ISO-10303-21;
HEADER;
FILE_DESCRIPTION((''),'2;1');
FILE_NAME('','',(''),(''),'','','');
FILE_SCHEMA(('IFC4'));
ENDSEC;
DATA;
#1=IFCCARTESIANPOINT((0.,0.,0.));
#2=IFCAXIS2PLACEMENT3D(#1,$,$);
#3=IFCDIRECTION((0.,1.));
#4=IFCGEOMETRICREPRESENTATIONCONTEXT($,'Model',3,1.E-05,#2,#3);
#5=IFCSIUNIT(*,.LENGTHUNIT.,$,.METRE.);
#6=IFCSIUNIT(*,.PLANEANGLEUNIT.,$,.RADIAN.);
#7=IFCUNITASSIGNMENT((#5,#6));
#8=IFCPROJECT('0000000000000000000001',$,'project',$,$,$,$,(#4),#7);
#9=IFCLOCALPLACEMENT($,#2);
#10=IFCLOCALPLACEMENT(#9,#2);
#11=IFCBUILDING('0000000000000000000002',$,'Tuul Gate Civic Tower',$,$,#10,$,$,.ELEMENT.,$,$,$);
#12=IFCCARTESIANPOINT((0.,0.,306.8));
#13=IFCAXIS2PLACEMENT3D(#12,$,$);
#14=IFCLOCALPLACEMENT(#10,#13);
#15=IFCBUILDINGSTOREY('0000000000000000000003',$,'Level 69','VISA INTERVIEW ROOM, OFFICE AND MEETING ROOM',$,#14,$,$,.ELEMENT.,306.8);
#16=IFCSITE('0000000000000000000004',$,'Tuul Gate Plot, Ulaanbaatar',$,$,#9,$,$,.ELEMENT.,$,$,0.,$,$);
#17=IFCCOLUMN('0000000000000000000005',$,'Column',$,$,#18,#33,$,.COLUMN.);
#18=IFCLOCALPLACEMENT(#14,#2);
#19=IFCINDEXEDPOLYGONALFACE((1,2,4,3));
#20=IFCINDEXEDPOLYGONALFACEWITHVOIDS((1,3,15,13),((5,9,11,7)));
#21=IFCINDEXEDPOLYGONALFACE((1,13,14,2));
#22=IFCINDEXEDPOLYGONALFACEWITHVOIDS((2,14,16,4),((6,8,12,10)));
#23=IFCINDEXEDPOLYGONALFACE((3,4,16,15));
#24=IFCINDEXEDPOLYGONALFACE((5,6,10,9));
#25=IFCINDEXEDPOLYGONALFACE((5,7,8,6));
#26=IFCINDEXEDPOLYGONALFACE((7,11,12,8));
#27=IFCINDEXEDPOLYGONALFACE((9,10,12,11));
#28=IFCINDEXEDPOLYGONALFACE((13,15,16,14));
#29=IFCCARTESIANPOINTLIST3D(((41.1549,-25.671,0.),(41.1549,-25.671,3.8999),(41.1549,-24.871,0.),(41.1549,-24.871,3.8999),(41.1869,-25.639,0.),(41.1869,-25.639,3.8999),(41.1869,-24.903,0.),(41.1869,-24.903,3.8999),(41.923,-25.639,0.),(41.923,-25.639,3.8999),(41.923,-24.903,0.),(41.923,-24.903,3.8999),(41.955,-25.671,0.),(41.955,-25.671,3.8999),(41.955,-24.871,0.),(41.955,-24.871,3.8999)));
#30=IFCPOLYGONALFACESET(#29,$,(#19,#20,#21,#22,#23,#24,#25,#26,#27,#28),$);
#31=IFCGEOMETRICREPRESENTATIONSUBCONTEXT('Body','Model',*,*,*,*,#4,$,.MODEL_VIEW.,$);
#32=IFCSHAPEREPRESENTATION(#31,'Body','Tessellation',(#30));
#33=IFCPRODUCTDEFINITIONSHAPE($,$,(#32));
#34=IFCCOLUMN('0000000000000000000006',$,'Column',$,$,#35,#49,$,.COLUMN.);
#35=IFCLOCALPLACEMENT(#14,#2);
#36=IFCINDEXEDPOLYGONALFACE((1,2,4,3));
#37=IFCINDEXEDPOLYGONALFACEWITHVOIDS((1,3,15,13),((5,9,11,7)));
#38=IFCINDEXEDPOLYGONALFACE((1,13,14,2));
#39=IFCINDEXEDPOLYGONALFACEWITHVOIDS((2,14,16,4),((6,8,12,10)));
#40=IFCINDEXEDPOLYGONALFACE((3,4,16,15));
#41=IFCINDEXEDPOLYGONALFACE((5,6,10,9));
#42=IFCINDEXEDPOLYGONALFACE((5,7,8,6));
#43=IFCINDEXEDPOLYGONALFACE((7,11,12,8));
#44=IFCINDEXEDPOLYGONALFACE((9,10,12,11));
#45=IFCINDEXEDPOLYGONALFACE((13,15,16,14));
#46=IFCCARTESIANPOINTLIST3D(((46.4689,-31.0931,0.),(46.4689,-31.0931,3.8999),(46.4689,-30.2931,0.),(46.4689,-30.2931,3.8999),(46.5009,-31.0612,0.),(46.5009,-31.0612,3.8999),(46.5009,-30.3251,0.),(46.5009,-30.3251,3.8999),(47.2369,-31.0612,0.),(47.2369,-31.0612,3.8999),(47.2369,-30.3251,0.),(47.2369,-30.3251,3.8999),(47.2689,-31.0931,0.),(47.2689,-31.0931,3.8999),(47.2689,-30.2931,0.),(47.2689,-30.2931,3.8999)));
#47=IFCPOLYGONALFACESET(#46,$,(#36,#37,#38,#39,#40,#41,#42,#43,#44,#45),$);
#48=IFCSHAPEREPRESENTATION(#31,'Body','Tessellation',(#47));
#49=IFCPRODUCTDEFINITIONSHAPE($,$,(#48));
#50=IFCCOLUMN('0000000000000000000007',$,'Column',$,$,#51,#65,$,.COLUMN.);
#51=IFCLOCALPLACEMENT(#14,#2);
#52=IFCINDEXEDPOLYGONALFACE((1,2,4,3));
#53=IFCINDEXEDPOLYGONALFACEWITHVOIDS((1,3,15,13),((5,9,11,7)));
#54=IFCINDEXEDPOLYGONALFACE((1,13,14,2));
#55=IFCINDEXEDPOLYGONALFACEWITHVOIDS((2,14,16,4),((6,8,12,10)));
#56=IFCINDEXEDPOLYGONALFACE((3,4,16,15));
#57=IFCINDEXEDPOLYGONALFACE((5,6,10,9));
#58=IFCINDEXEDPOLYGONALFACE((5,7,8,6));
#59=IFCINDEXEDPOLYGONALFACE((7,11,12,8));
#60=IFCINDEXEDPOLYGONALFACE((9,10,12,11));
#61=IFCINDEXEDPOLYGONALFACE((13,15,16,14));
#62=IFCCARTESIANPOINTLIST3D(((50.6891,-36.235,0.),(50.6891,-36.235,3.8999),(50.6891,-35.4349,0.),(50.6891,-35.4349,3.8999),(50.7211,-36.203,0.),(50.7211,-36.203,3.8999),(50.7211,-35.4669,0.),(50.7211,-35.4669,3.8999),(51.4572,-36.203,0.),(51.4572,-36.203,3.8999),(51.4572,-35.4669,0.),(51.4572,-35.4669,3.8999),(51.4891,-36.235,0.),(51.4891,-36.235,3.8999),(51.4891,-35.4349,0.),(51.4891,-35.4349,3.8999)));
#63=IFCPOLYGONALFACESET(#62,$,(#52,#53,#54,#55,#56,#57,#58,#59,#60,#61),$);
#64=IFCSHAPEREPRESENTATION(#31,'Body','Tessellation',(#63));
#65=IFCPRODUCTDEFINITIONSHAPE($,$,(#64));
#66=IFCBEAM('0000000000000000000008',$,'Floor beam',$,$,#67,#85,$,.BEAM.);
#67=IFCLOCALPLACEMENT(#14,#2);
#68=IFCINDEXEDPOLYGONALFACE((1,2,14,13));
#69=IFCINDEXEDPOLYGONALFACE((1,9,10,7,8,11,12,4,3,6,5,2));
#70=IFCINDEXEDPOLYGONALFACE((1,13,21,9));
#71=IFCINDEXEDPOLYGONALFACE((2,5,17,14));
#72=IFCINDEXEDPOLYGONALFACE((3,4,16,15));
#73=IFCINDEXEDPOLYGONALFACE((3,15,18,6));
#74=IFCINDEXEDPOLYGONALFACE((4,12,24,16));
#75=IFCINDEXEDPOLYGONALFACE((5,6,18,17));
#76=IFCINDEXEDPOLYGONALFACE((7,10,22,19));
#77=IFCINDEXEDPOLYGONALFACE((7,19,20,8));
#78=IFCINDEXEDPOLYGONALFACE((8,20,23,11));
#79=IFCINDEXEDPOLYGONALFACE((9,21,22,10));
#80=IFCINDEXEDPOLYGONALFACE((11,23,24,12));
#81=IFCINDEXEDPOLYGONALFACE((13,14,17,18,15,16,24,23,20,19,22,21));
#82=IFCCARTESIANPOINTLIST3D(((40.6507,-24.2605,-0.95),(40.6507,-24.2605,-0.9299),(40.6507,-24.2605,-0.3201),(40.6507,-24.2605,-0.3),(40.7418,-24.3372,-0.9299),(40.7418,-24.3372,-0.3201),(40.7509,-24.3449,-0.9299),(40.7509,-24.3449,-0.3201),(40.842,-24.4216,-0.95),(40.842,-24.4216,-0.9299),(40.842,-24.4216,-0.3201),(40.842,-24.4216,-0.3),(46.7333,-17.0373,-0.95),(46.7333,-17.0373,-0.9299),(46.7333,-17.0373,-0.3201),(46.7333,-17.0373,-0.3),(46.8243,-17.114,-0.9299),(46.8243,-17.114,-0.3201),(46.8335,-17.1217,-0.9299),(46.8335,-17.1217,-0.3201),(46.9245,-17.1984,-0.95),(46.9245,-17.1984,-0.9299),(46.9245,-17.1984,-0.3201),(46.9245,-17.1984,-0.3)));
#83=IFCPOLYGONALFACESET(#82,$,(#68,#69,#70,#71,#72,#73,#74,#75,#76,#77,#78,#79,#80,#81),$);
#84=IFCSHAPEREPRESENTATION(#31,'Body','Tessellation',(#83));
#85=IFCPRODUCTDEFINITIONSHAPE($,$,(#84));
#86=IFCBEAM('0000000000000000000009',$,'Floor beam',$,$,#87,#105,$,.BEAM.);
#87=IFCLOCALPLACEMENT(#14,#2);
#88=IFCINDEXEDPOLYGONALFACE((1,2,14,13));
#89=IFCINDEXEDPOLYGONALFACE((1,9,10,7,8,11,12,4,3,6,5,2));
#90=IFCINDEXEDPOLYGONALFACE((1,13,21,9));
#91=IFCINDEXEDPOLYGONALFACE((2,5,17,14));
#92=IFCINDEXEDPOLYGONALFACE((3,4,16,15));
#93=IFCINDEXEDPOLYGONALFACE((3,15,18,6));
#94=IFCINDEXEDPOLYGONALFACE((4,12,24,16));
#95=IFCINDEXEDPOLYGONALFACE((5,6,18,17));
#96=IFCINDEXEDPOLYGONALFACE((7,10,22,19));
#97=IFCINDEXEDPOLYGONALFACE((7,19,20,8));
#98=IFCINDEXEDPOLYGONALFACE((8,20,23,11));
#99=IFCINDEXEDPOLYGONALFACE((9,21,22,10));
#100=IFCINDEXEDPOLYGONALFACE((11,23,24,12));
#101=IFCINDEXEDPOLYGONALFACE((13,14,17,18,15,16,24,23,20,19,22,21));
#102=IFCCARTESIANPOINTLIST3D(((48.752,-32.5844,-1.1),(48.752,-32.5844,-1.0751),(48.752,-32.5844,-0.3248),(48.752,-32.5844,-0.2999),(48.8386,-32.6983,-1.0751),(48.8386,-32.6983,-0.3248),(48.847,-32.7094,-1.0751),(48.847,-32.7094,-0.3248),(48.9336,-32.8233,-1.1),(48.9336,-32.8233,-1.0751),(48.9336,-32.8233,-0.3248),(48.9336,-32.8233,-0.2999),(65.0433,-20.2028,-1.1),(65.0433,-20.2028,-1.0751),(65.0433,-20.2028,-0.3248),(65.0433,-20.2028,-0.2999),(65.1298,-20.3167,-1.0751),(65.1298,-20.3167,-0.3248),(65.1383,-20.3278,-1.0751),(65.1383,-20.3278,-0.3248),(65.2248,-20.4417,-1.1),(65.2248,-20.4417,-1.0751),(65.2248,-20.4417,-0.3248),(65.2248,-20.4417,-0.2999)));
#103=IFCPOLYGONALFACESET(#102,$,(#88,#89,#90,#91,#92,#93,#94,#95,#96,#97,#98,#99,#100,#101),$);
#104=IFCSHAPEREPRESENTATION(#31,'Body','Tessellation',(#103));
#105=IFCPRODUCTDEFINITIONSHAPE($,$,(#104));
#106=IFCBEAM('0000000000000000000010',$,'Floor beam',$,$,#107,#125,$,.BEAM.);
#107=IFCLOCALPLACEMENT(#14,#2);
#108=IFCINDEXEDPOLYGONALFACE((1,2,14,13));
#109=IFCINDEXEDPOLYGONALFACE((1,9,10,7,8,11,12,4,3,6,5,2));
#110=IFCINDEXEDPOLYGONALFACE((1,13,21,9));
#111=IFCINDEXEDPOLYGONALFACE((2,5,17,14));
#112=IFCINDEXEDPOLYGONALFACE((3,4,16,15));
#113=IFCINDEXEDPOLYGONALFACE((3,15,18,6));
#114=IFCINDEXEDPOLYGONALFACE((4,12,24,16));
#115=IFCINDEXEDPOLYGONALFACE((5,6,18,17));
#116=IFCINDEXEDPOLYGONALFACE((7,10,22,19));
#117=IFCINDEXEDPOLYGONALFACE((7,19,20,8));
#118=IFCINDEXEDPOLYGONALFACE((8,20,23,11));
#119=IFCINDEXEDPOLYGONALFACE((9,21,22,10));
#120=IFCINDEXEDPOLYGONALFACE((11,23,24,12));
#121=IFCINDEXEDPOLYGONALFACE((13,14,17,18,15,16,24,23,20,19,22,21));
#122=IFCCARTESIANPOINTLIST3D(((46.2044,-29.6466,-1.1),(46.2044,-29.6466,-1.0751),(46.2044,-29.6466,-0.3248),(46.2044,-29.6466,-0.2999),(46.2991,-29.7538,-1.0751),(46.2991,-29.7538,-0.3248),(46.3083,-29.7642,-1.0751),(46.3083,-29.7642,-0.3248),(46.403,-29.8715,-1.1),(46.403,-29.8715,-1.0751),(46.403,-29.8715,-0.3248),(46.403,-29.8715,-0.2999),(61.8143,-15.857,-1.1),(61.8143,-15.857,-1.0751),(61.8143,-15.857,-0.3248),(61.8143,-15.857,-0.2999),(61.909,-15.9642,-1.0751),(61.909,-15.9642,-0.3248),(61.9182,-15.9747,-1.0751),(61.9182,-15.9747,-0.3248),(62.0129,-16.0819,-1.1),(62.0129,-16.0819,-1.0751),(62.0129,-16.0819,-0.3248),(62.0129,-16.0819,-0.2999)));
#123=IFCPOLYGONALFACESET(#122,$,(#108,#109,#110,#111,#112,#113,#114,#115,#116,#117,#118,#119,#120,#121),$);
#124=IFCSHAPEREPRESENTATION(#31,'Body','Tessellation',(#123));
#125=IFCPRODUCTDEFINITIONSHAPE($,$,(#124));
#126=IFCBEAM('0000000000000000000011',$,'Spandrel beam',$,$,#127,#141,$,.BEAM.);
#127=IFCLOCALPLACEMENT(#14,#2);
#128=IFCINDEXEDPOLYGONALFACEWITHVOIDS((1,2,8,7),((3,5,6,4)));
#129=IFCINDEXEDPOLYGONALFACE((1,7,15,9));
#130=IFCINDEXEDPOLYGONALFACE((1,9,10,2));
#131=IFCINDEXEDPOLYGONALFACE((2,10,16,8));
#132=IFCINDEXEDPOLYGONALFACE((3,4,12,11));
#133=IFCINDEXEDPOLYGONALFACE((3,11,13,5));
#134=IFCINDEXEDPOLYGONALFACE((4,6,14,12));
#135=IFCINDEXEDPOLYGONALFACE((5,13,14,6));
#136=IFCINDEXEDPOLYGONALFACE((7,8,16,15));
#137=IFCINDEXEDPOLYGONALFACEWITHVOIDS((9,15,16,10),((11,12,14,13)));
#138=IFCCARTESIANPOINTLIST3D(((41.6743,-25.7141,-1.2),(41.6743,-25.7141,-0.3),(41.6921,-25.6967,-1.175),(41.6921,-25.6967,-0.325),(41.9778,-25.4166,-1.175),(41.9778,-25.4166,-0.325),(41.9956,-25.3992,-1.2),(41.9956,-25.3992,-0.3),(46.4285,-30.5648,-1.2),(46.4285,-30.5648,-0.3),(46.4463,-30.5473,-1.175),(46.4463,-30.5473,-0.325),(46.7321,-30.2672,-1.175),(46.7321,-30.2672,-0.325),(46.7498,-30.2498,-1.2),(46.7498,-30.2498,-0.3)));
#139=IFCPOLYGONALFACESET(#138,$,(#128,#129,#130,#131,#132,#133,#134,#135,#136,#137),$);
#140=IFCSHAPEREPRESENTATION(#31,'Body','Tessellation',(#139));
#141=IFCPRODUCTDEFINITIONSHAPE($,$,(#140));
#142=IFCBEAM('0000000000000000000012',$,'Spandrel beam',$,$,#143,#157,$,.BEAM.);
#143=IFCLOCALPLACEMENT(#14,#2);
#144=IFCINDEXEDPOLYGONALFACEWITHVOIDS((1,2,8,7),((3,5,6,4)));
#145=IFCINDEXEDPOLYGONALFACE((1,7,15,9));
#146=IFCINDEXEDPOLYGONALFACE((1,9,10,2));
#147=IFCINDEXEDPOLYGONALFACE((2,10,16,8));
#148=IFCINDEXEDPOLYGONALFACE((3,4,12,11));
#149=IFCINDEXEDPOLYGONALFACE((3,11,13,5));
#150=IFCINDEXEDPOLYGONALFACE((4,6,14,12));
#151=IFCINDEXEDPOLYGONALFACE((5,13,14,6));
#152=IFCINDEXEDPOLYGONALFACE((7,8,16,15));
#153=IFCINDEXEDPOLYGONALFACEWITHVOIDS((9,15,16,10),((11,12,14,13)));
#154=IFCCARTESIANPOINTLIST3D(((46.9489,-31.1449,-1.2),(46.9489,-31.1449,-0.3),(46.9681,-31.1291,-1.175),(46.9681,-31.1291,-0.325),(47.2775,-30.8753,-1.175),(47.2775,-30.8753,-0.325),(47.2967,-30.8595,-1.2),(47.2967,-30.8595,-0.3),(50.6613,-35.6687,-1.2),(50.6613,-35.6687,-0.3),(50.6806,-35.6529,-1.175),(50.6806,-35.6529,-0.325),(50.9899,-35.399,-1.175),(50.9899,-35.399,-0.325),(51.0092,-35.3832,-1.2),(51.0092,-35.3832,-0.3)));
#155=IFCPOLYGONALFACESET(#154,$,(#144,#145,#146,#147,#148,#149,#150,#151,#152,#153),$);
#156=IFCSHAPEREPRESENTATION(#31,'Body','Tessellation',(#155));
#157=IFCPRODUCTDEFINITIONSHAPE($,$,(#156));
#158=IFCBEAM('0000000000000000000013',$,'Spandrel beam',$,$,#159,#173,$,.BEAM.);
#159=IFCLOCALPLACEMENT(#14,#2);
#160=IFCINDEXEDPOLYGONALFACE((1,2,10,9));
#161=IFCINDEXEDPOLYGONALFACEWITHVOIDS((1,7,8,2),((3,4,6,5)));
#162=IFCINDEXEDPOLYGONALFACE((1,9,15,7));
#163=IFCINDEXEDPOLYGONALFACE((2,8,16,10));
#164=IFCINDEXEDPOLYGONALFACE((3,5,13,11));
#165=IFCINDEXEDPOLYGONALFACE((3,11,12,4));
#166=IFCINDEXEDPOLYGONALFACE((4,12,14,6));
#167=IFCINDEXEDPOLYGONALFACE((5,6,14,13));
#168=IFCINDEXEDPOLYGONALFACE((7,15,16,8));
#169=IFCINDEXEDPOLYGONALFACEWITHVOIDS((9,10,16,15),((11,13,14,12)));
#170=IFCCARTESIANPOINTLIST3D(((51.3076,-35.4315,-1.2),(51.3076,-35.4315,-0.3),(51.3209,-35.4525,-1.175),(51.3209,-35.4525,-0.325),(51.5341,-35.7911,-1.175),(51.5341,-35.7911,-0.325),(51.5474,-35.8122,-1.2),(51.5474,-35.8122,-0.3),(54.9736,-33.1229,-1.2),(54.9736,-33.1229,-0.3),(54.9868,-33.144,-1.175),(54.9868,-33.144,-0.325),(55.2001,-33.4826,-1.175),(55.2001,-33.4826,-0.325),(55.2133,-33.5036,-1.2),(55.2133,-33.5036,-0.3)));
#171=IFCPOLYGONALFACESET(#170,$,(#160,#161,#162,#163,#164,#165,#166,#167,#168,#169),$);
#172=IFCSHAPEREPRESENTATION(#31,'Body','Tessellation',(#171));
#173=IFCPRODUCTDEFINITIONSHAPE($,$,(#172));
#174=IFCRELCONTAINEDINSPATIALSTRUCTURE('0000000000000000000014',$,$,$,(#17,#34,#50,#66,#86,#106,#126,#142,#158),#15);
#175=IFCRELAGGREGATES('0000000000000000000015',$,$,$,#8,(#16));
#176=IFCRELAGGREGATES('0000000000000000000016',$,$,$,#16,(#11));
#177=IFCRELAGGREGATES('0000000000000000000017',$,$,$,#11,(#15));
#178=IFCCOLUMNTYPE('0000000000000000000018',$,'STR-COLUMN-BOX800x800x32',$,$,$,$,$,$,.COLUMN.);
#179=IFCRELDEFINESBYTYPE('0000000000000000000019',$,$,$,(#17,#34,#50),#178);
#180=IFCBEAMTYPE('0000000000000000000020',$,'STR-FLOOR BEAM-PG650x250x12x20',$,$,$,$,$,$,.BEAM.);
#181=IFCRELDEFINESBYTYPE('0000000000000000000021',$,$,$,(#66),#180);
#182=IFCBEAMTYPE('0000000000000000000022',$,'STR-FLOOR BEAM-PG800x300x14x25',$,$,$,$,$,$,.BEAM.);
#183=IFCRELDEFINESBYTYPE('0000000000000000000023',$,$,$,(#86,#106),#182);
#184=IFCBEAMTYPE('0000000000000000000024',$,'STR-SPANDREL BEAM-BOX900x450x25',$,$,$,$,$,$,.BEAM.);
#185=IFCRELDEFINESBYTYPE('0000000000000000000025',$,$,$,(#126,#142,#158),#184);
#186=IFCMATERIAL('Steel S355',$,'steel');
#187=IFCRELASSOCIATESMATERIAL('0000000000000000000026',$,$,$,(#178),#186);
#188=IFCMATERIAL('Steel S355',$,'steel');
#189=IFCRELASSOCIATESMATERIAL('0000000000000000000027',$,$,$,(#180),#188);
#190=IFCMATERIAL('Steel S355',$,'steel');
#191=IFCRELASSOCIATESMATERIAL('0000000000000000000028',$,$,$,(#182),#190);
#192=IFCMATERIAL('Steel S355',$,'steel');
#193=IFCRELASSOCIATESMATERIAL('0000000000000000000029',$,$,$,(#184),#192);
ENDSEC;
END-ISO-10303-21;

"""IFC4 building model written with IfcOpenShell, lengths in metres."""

from ifc_helpers import new_model, si_unit, direction, frame, origin, origin_2d, place, context, subcontext, project, spatial, hollow_rectangle, i_section, extrude, material, material_profile, profile_set, type_object, element, save


model = new_model("IFC4")

# Units and contexts
model_context = context("Model", 3, precision=1e-05, world=origin(), true_north=direction((0.0, 1.0)))
body_context = subcontext(model_context, "Body", "Model", "MODEL_VIEW")
ifc_project = project(units=[si_unit("LENGTHUNIT", "METRE"), si_unit("PLANEANGLEUNIT", "RADIAN")], contexts=[model_context])

# Site, building, storey
site_placement = place(None, origin())
site = spatial("IfcSite", under=ifc_project, at=site_placement, Name="Tuul Gate Plot, Ulaanbaatar", CompositionType="ELEMENT", RefElevation=0.0)
building_placement = place(site_placement, origin())
building = spatial("IfcBuilding", under=site, at=building_placement, Name="Tuul Gate Civic Tower", CompositionType="ELEMENT")
storey_placement = place(building_placement, frame((0.0, 0.0, 306.8)))
storey = spatial("IfcBuildingStorey", under=building, at=storey_placement, Name="Level 69", Description="VISA INTERVIEW ROOM, OFFICE AND MEETING ROOM", CompositionType="ELEMENT", Elevation=306.8)

# Columns
ifc_material_1 = material(Name="Steel S355", Category="steel")
ifc_material_profile_1 = material_profile(ifc_material_1, hollow_rectangle(XDim=0.8, YDim=0.8, WallThickness=0.032, at=origin_2d()), Name="BOX800x800x32")
ifc_profile_set_1 = profile_set([ifc_material_profile_1], Name="Steel S355")
column_type = type_object("IfcColumnType", Name="STR-COLUMN-BOX800x800x32", PredefinedType="COLUMN", material=ifc_profile_set_1)
for number, where, z_axis, x_axis, name in (
    (1, (41.5549, -25.271, 0.0), (0.0, 0.0, 1.0), (1.0, 0.0, 0.0), "Column"),
    (2, (46.8689, -30.6931, 0.0), (0.0, 0.0, 1.0), (1.0, 0.0, 0.0), "Column"),
    (3, (51.0891, -35.835, 0.0), (0.0, 0.0, 1.0), (1.0, 0.0, 0.0), "Column"),
):
    element("IfcColumn", number, at=place(storey_placement, frame(where, z_axis=z_axis, x_axis=x_axis)), inside=storey, type_object=column_type, Name=name, PredefinedType="COLUMN", context=body_context, shape_type="SweptSolid", body=[
        extrude(hollow_rectangle(XDim=0.8, YDim=0.8, WallThickness=0.032, at=origin_2d()), origin(), (0.0, 0.0, 1.0), 3.8999),
    ])

# Beams
ifc_material_2 = material(Name="Steel S355", Category="steel")
ifc_material_profile_2 = material_profile(ifc_material_2, i_section(OverallWidth=0.25, OverallDepth=0.6499, WebThickness=0.012, FlangeThickness=0.02, at=origin_2d()), Name="PG650x250x12x20")
ifc_profile_set_2 = profile_set([ifc_material_profile_2], Name="Steel S355")
beam_type_1 = type_object("IfcBeamType", Name="STR-FLOOR BEAM-PG650x250x12x20", PredefinedType="BEAM", material=ifc_profile_set_2)
beam_1_placement = place(storey_placement, frame((40.7463, -24.3411, -0.625), z_axis=(0.644128, 0.764918, 0.0), x_axis=(-0.764918, 0.644128, 0.0)))
element("IfcBeam", 4, at=beam_1_placement, inside=storey, type_object=beam_type_1, Name="Floor beam", PredefinedType="BEAM", context=body_context, shape_type="SweptSolid", body=[
    extrude(i_section(OverallWidth=0.25, OverallDepth=0.6499, WebThickness=0.012, FlangeThickness=0.02, at=origin_2d()), origin(), (0.0, 0.0, 1.0), 9.4431),
])
ifc_material_3 = material(Name="Steel S355", Category="steel")
ifc_material_profile_3 = material_profile(ifc_material_3, i_section(OverallWidth=0.3, OverallDepth=0.8, WebThickness=0.0139, FlangeThickness=0.0249, at=origin_2d()), Name="PG800x300x14x25")
ifc_profile_set_3 = profile_set([ifc_material_profile_3], Name="Steel S355")
beam_type_2 = type_object("IfcBeamType", Name="STR-FLOOR BEAM-PG800x300x14x25", PredefinedType="BEAM", material=ifc_profile_set_3)
beam_2_placement = place(storey_placement, frame((48.8428, -32.7039, -0.7), z_axis=(0.796157, 0.605091, 0.0), x_axis=(-0.605091, 0.796157, 0.0)))
element("IfcBeam", 5, at=beam_2_placement, inside=storey, type_object=beam_type_2, Name="Floor beam", PredefinedType="BEAM", context=body_context, shape_type="SweptSolid", body=[
    extrude(i_section(OverallWidth=0.3, OverallDepth=0.8, WebThickness=0.0139, FlangeThickness=0.0249, at=origin_2d()), origin(), (0.0, 0.0, 1.0), 20.4624),
])
beam_3_placement = place(storey_placement, frame((46.3037, -29.759, -0.7), z_axis=(0.749453, 0.662057, 0.0), x_axis=(-0.662057, 0.749453, 0.0)))
element("IfcBeam", 6, at=beam_3_placement, inside=storey, type_object=beam_type_2, Name="Floor beam", PredefinedType="BEAM", context=body_context, shape_type="SweptSolid", body=[
    extrude(i_section(OverallWidth=0.3, OverallDepth=0.8, WebThickness=0.0139, FlangeThickness=0.0249, at=origin_2d()), origin(), (0.0, 0.0, 1.0), 20.8284),
])
ifc_material_4 = material(Name="Steel S355", Category="steel")
ifc_material_profile_4 = material_profile(ifc_material_4, hollow_rectangle(XDim=0.45, YDim=0.8999, WallThickness=0.0249, at=origin_2d()), Name="BOX900x450x25")
ifc_profile_set_4 = profile_set([ifc_material_profile_4], Name="Steel S355")
beam_type_3 = type_object("IfcBeamType", Name="STR-SPANDREL BEAM-BOX900x450x25", PredefinedType="BEAM", material=ifc_profile_set_4)
beam_4_placement = place(storey_placement, frame((41.835, -25.5566, -0.75), z_axis=(0.699972, -0.71417, 0.0), x_axis=(0.71417, 0.699972, 0.0)))
element("IfcBeam", 7, at=beam_4_placement, inside=storey, type_object=beam_type_3, Name="Spandrel beam", PredefinedType="BEAM", context=body_context, shape_type="SweptSolid", body=[
    extrude(hollow_rectangle(XDim=0.45, YDim=0.8999, WallThickness=0.0249, at=origin_2d()), origin(), (0.0, 0.0, 1.0), 6.792),
])
beam_5_placement = place(storey_placement, frame((47.1228, -31.0022, -0.75), z_axis=(0.634384, -0.773018, 0.0), x_axis=(0.773018, 0.634384, 0.0)))
element("IfcBeam", 8, at=beam_5_placement, inside=storey, type_object=beam_type_3, Name="Spandrel beam", PredefinedType="BEAM", context=body_context, shape_type="SweptSolid", body=[
    extrude(hollow_rectangle(XDim=0.45, YDim=0.8999, WallThickness=0.0249, at=origin_2d()), origin(), (0.0, 0.0, 1.0), 5.8521),
])
beam_6_placement = place(storey_placement, frame((51.4275, -35.6218, -0.75), z_axis=(0.846195, 0.532873, 0.0), x_axis=(-0.532873, 0.846195, 0.0)))
element("IfcBeam", 9, at=beam_6_placement, inside=storey, type_object=beam_type_3, Name="Spandrel beam", PredefinedType="BEAM", context=body_context, shape_type="SweptSolid", body=[
    extrude(hollow_rectangle(XDim=0.45, YDim=0.8999, WallThickness=0.0249, at=origin_2d()), origin(), (0.0, 0.0, 1.0), 4.3323),
])

save(model, "model.ifc")
